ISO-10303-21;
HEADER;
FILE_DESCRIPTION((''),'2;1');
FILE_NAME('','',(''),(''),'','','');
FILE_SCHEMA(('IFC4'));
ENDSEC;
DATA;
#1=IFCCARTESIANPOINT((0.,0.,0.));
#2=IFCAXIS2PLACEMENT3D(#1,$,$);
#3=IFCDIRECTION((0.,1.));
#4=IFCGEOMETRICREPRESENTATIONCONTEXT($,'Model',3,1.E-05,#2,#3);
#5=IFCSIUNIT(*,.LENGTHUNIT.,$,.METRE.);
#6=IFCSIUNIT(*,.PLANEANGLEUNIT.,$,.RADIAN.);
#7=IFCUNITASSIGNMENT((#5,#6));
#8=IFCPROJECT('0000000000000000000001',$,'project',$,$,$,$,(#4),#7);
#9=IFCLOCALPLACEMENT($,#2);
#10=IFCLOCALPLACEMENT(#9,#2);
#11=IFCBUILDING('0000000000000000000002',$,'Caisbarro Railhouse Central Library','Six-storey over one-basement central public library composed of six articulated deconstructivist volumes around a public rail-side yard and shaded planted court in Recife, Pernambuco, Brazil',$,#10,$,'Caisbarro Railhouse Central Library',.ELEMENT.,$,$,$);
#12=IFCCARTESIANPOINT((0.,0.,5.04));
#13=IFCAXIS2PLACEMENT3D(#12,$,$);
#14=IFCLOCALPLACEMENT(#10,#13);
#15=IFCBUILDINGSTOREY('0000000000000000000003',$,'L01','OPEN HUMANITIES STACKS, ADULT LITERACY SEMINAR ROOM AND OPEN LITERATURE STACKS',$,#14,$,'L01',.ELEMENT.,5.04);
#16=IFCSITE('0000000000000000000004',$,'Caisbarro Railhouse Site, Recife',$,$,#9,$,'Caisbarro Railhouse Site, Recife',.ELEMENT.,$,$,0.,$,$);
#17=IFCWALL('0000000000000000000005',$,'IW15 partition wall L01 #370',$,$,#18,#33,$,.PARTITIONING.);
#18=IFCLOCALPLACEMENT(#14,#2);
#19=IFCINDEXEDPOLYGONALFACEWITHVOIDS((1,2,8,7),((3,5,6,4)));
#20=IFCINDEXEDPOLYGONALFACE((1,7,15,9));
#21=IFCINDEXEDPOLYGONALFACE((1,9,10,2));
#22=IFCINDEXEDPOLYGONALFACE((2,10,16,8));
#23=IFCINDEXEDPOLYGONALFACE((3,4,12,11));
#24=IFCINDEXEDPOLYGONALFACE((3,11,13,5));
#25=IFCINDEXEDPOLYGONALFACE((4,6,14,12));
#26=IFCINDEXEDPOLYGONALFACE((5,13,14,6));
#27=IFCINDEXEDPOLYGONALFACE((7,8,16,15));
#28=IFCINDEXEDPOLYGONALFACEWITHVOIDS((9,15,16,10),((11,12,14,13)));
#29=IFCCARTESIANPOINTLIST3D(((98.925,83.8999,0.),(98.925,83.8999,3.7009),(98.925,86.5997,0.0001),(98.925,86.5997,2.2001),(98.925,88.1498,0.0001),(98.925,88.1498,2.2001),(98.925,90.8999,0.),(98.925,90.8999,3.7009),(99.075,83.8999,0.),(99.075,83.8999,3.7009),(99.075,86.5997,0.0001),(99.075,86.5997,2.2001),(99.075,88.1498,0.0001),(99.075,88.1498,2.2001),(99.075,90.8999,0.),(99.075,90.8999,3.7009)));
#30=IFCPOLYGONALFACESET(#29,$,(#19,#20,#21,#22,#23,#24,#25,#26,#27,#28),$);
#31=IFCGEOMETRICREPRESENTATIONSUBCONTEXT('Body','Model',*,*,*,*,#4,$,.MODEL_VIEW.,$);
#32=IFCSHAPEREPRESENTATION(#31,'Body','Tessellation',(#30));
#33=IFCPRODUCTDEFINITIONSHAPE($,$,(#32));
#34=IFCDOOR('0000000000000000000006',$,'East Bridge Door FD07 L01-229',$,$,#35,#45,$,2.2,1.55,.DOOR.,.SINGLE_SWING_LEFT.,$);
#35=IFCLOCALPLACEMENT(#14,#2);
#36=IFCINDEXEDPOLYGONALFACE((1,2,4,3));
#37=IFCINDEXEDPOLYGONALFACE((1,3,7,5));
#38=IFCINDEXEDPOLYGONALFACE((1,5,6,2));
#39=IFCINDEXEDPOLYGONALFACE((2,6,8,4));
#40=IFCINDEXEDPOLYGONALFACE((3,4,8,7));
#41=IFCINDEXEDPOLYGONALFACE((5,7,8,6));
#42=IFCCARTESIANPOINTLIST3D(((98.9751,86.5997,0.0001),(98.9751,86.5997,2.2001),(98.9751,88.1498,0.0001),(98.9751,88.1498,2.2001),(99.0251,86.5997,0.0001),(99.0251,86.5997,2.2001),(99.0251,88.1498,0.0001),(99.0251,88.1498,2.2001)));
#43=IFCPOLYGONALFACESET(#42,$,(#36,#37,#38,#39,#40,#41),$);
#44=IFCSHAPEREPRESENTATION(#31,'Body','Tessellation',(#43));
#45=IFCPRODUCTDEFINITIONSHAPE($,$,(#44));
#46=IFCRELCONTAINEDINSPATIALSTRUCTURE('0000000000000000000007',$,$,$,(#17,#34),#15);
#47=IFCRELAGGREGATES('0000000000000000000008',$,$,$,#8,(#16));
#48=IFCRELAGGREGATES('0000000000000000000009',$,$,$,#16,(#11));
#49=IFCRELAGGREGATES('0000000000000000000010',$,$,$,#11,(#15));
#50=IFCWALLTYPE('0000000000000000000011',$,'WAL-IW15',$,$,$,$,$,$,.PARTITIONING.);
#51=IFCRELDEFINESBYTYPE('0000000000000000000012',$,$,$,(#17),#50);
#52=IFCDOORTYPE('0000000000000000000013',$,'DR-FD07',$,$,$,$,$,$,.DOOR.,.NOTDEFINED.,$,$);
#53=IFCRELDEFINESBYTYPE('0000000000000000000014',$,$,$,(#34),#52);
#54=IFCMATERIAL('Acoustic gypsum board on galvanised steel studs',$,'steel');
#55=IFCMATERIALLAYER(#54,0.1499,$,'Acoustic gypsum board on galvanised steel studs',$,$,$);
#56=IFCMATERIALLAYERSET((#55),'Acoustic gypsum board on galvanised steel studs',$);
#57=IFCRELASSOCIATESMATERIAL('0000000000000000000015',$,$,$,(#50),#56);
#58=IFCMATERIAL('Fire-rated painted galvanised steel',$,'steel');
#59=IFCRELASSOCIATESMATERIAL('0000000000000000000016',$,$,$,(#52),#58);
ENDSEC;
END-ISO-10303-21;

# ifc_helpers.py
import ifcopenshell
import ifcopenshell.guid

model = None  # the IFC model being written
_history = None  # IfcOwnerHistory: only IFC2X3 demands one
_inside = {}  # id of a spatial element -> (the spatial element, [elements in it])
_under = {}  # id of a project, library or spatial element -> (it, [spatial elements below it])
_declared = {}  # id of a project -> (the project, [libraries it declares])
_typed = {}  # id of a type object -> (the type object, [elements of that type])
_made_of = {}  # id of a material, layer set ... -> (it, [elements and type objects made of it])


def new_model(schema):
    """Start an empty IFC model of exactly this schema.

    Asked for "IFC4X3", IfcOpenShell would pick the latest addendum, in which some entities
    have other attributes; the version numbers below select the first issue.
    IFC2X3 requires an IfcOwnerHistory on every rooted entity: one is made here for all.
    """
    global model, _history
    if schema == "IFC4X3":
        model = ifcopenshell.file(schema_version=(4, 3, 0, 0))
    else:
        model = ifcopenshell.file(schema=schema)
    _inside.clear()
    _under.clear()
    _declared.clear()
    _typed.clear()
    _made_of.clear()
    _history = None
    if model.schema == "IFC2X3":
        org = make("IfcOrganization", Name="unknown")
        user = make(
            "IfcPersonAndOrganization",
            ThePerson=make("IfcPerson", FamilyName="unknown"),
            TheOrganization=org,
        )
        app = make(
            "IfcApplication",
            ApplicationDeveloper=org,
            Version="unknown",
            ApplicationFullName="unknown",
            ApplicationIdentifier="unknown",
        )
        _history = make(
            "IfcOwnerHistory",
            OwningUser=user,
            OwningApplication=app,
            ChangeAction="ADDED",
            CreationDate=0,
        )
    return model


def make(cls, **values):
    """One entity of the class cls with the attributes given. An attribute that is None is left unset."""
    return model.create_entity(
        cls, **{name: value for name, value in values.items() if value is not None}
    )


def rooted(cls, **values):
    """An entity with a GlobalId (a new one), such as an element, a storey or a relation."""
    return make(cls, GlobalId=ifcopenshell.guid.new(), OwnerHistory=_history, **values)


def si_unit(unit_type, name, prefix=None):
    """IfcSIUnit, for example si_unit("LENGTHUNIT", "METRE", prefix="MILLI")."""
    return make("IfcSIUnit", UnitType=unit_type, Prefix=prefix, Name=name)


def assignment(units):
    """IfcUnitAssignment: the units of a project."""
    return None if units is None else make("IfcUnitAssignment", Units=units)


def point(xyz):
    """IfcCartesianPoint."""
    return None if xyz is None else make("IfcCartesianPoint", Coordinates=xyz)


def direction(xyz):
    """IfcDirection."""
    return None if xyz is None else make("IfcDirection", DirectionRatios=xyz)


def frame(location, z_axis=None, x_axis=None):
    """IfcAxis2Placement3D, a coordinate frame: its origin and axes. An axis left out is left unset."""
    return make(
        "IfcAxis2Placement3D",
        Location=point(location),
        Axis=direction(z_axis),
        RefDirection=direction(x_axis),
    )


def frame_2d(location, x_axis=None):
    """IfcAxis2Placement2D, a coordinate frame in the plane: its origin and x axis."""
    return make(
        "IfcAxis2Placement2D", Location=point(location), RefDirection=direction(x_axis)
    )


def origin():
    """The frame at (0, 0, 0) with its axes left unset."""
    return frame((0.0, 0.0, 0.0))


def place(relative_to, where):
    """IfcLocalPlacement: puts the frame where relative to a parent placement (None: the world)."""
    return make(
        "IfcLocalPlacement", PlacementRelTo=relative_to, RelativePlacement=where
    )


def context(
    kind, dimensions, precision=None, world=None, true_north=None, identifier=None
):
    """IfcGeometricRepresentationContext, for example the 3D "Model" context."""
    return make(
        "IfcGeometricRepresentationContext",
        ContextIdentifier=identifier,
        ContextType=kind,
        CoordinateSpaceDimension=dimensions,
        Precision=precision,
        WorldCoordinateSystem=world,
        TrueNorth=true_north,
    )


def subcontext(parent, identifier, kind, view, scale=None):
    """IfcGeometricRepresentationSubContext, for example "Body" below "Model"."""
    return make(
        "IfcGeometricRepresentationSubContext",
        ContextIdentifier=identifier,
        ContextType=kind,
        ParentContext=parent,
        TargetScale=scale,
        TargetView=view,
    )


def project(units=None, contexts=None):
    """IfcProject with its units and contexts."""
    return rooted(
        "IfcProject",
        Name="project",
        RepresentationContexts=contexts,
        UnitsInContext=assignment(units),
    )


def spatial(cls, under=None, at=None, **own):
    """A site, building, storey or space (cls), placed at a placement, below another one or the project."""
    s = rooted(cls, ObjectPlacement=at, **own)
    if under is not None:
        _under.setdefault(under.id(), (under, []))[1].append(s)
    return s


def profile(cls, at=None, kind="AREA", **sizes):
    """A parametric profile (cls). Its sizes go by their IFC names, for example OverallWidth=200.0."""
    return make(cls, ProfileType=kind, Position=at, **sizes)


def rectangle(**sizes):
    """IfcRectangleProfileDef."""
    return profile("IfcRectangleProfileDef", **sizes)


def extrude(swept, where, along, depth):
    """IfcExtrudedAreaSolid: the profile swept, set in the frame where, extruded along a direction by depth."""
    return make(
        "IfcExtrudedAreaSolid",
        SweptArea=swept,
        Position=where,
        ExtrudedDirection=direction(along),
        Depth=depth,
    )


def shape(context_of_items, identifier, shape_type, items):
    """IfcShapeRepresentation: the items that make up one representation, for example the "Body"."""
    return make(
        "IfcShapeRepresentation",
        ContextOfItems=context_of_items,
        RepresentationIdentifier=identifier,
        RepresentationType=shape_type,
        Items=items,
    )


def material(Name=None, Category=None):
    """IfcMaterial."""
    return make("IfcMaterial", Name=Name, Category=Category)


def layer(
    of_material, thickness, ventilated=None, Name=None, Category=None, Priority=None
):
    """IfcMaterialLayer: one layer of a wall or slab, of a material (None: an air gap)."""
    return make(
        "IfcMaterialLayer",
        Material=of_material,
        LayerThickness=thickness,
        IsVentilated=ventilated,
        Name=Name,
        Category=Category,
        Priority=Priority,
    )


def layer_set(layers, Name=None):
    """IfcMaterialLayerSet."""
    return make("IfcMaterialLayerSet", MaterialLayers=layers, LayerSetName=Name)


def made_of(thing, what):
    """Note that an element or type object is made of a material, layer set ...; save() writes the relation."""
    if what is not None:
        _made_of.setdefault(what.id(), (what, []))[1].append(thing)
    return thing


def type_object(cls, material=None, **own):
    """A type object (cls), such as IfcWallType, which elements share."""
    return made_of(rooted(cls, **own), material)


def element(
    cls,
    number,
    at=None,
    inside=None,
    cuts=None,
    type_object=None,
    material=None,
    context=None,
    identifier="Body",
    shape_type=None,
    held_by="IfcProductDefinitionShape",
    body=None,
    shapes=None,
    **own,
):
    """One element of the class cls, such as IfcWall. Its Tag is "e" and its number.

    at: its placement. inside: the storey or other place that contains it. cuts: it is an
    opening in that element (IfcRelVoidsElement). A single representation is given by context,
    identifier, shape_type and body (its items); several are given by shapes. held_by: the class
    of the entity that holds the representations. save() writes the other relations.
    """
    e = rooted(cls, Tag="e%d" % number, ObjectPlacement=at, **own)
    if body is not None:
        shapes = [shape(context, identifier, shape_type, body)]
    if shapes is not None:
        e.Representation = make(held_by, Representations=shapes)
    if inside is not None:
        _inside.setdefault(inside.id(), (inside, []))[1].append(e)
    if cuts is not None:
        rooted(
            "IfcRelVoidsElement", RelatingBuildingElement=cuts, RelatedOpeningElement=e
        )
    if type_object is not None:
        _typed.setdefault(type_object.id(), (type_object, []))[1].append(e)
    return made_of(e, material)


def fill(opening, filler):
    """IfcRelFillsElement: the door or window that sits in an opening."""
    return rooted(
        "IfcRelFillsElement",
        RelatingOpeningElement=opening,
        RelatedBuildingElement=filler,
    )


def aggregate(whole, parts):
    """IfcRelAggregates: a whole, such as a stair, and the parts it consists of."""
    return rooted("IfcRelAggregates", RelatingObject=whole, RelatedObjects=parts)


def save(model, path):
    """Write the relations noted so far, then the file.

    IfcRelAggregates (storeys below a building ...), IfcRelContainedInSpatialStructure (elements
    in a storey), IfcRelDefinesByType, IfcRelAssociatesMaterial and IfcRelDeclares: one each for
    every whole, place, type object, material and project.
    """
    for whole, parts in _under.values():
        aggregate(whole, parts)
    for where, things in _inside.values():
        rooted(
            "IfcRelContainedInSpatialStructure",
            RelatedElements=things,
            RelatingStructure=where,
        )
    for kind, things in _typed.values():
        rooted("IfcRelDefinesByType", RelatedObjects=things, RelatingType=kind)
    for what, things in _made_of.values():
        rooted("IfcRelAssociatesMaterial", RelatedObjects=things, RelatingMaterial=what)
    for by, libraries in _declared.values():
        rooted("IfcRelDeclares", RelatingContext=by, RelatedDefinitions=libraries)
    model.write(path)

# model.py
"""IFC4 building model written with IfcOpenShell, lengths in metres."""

from ifc_helpers import new_model, si_unit, direction, frame, frame_2d, origin, place, context, subcontext, project, spatial, rectangle, extrude, material, layer, layer_set, type_object, element, fill, save


model = new_model("IFC4")

# Units and contexts
model_context = context("Model", 3, precision=1e-05, world=origin(), true_north=direction((0.0, 1.0)))
body_context = subcontext(model_context, "Body", "Model", "MODEL_VIEW")
ifc_project = project(units=[si_unit("LENGTHUNIT", "METRE"), si_unit("PLANEANGLEUNIT", "RADIAN")], contexts=[model_context])

# Site, building, storey
site_placement = place(None, origin())
site = spatial("IfcSite", under=ifc_project, at=site_placement, Name="Caisbarro Railhouse Site, Recife", LongName="Caisbarro Railhouse Site, Recife", CompositionType="ELEMENT", RefElevation=0.0)
building_placement = place(site_placement, origin())
building = spatial("IfcBuilding", under=site, at=building_placement, Name="Caisbarro Railhouse Central Library", Description="Six-storey over one-basement central public library composed of six articulated deconstructivist volumes around a public rail-side yard and shaded planted court in Recife, Pernambuco, Brazil", LongName="Caisbarro Railhouse Central Library", CompositionType="ELEMENT")
storey_placement = place(building_placement, frame((0.0, 0.0, 5.04)))
storey = spatial("IfcBuildingStorey", under=building, at=storey_placement, Name="L01", Description="OPEN HUMANITIES STACKS, ADULT LITERACY SEMINAR ROOM AND OPEN LITERATURE STACKS", LongName="L01", CompositionType="ELEMENT", Elevation=5.04)

# Wall, opening, door
ifc_material_1 = material(Name="Acoustic gypsum board on galvanised steel studs", Category="steel")
ifc_layer_1 = layer(ifc_material_1, 0.1499, Name="Acoustic gypsum board on galvanised steel studs")
ifc_layer_set_1 = layer_set([ifc_layer_1], Name="Acoustic gypsum board on galvanised steel studs")
wall_type_1 = type_object("IfcWallType", Name="WAL-IW15", PredefinedType="PARTITIONING", material=ifc_layer_set_1)
wall_1_placement = place(storey_placement, frame((99.0, 83.8999, 0.0), z_axis=(0.0, 0.0, 1.0), x_axis=(0.0, 1.0, 0.0)))
wall_1 = element("IfcWall", 1, at=wall_1_placement, inside=storey, type_object=wall_type_1, Name="IW15 partition wall L01 #370", PredefinedType="PARTITIONING", context=body_context, shape_type="SweptSolid", body=[
    extrude(rectangle(XDim=7.0, YDim=0.1499, at=frame_2d((3.5, 0.0))), origin(), (0.0, 0.0, 1.0), 3.7009),
])
opening_1_placement = place(wall_1_placement, frame((2.7, 0.0, 0.0)))
opening_1 = element("IfcOpeningElement", 2, at=opening_1_placement, cuts=wall_1, PredefinedType="OPENING", context=body_context, shape_type="SweptSolid", body=[
    extrude(rectangle(XDim=1.55, YDim=2.2, at=frame_2d((0.7749, 1.1001))), frame((0.0, 0.085, 0.0), z_axis=(0.0, -1.0, 0.0), x_axis=(1.0, 0.0, 0.0)), (0.0, 0.0, 1.0), 0.1699),
])
ifc_material_2 = material(Name="Fire-rated painted galvanised steel", Category="steel")
door_type = type_object("IfcDoorType", Name="DR-FD07", OperationType="NOTDEFINED", PredefinedType="DOOR", material=ifc_material_2)
door_placement = place(opening_1_placement, origin())
door = element("IfcDoor", 3, at=door_placement, inside=storey, type_object=door_type, Name="East Bridge Door FD07 L01-229", OperationType="SINGLE_SWING_LEFT", OverallHeight=2.2, OverallWidth=1.55, PredefinedType="DOOR", context=body_context, shape_type="SweptSolid", body=[
    extrude(rectangle(XDim=1.55, YDim=2.2, at=frame_2d((0.7749, 1.1001))), frame((0.0, 0.0249, 0.0), z_axis=(0.0, -1.0, 0.0), x_axis=(1.0, 0.0, 0.0)), (0.0, 0.0, 1.0), 0.05),
])
fill(opening_1, door)

save(model, "model.ifc")
